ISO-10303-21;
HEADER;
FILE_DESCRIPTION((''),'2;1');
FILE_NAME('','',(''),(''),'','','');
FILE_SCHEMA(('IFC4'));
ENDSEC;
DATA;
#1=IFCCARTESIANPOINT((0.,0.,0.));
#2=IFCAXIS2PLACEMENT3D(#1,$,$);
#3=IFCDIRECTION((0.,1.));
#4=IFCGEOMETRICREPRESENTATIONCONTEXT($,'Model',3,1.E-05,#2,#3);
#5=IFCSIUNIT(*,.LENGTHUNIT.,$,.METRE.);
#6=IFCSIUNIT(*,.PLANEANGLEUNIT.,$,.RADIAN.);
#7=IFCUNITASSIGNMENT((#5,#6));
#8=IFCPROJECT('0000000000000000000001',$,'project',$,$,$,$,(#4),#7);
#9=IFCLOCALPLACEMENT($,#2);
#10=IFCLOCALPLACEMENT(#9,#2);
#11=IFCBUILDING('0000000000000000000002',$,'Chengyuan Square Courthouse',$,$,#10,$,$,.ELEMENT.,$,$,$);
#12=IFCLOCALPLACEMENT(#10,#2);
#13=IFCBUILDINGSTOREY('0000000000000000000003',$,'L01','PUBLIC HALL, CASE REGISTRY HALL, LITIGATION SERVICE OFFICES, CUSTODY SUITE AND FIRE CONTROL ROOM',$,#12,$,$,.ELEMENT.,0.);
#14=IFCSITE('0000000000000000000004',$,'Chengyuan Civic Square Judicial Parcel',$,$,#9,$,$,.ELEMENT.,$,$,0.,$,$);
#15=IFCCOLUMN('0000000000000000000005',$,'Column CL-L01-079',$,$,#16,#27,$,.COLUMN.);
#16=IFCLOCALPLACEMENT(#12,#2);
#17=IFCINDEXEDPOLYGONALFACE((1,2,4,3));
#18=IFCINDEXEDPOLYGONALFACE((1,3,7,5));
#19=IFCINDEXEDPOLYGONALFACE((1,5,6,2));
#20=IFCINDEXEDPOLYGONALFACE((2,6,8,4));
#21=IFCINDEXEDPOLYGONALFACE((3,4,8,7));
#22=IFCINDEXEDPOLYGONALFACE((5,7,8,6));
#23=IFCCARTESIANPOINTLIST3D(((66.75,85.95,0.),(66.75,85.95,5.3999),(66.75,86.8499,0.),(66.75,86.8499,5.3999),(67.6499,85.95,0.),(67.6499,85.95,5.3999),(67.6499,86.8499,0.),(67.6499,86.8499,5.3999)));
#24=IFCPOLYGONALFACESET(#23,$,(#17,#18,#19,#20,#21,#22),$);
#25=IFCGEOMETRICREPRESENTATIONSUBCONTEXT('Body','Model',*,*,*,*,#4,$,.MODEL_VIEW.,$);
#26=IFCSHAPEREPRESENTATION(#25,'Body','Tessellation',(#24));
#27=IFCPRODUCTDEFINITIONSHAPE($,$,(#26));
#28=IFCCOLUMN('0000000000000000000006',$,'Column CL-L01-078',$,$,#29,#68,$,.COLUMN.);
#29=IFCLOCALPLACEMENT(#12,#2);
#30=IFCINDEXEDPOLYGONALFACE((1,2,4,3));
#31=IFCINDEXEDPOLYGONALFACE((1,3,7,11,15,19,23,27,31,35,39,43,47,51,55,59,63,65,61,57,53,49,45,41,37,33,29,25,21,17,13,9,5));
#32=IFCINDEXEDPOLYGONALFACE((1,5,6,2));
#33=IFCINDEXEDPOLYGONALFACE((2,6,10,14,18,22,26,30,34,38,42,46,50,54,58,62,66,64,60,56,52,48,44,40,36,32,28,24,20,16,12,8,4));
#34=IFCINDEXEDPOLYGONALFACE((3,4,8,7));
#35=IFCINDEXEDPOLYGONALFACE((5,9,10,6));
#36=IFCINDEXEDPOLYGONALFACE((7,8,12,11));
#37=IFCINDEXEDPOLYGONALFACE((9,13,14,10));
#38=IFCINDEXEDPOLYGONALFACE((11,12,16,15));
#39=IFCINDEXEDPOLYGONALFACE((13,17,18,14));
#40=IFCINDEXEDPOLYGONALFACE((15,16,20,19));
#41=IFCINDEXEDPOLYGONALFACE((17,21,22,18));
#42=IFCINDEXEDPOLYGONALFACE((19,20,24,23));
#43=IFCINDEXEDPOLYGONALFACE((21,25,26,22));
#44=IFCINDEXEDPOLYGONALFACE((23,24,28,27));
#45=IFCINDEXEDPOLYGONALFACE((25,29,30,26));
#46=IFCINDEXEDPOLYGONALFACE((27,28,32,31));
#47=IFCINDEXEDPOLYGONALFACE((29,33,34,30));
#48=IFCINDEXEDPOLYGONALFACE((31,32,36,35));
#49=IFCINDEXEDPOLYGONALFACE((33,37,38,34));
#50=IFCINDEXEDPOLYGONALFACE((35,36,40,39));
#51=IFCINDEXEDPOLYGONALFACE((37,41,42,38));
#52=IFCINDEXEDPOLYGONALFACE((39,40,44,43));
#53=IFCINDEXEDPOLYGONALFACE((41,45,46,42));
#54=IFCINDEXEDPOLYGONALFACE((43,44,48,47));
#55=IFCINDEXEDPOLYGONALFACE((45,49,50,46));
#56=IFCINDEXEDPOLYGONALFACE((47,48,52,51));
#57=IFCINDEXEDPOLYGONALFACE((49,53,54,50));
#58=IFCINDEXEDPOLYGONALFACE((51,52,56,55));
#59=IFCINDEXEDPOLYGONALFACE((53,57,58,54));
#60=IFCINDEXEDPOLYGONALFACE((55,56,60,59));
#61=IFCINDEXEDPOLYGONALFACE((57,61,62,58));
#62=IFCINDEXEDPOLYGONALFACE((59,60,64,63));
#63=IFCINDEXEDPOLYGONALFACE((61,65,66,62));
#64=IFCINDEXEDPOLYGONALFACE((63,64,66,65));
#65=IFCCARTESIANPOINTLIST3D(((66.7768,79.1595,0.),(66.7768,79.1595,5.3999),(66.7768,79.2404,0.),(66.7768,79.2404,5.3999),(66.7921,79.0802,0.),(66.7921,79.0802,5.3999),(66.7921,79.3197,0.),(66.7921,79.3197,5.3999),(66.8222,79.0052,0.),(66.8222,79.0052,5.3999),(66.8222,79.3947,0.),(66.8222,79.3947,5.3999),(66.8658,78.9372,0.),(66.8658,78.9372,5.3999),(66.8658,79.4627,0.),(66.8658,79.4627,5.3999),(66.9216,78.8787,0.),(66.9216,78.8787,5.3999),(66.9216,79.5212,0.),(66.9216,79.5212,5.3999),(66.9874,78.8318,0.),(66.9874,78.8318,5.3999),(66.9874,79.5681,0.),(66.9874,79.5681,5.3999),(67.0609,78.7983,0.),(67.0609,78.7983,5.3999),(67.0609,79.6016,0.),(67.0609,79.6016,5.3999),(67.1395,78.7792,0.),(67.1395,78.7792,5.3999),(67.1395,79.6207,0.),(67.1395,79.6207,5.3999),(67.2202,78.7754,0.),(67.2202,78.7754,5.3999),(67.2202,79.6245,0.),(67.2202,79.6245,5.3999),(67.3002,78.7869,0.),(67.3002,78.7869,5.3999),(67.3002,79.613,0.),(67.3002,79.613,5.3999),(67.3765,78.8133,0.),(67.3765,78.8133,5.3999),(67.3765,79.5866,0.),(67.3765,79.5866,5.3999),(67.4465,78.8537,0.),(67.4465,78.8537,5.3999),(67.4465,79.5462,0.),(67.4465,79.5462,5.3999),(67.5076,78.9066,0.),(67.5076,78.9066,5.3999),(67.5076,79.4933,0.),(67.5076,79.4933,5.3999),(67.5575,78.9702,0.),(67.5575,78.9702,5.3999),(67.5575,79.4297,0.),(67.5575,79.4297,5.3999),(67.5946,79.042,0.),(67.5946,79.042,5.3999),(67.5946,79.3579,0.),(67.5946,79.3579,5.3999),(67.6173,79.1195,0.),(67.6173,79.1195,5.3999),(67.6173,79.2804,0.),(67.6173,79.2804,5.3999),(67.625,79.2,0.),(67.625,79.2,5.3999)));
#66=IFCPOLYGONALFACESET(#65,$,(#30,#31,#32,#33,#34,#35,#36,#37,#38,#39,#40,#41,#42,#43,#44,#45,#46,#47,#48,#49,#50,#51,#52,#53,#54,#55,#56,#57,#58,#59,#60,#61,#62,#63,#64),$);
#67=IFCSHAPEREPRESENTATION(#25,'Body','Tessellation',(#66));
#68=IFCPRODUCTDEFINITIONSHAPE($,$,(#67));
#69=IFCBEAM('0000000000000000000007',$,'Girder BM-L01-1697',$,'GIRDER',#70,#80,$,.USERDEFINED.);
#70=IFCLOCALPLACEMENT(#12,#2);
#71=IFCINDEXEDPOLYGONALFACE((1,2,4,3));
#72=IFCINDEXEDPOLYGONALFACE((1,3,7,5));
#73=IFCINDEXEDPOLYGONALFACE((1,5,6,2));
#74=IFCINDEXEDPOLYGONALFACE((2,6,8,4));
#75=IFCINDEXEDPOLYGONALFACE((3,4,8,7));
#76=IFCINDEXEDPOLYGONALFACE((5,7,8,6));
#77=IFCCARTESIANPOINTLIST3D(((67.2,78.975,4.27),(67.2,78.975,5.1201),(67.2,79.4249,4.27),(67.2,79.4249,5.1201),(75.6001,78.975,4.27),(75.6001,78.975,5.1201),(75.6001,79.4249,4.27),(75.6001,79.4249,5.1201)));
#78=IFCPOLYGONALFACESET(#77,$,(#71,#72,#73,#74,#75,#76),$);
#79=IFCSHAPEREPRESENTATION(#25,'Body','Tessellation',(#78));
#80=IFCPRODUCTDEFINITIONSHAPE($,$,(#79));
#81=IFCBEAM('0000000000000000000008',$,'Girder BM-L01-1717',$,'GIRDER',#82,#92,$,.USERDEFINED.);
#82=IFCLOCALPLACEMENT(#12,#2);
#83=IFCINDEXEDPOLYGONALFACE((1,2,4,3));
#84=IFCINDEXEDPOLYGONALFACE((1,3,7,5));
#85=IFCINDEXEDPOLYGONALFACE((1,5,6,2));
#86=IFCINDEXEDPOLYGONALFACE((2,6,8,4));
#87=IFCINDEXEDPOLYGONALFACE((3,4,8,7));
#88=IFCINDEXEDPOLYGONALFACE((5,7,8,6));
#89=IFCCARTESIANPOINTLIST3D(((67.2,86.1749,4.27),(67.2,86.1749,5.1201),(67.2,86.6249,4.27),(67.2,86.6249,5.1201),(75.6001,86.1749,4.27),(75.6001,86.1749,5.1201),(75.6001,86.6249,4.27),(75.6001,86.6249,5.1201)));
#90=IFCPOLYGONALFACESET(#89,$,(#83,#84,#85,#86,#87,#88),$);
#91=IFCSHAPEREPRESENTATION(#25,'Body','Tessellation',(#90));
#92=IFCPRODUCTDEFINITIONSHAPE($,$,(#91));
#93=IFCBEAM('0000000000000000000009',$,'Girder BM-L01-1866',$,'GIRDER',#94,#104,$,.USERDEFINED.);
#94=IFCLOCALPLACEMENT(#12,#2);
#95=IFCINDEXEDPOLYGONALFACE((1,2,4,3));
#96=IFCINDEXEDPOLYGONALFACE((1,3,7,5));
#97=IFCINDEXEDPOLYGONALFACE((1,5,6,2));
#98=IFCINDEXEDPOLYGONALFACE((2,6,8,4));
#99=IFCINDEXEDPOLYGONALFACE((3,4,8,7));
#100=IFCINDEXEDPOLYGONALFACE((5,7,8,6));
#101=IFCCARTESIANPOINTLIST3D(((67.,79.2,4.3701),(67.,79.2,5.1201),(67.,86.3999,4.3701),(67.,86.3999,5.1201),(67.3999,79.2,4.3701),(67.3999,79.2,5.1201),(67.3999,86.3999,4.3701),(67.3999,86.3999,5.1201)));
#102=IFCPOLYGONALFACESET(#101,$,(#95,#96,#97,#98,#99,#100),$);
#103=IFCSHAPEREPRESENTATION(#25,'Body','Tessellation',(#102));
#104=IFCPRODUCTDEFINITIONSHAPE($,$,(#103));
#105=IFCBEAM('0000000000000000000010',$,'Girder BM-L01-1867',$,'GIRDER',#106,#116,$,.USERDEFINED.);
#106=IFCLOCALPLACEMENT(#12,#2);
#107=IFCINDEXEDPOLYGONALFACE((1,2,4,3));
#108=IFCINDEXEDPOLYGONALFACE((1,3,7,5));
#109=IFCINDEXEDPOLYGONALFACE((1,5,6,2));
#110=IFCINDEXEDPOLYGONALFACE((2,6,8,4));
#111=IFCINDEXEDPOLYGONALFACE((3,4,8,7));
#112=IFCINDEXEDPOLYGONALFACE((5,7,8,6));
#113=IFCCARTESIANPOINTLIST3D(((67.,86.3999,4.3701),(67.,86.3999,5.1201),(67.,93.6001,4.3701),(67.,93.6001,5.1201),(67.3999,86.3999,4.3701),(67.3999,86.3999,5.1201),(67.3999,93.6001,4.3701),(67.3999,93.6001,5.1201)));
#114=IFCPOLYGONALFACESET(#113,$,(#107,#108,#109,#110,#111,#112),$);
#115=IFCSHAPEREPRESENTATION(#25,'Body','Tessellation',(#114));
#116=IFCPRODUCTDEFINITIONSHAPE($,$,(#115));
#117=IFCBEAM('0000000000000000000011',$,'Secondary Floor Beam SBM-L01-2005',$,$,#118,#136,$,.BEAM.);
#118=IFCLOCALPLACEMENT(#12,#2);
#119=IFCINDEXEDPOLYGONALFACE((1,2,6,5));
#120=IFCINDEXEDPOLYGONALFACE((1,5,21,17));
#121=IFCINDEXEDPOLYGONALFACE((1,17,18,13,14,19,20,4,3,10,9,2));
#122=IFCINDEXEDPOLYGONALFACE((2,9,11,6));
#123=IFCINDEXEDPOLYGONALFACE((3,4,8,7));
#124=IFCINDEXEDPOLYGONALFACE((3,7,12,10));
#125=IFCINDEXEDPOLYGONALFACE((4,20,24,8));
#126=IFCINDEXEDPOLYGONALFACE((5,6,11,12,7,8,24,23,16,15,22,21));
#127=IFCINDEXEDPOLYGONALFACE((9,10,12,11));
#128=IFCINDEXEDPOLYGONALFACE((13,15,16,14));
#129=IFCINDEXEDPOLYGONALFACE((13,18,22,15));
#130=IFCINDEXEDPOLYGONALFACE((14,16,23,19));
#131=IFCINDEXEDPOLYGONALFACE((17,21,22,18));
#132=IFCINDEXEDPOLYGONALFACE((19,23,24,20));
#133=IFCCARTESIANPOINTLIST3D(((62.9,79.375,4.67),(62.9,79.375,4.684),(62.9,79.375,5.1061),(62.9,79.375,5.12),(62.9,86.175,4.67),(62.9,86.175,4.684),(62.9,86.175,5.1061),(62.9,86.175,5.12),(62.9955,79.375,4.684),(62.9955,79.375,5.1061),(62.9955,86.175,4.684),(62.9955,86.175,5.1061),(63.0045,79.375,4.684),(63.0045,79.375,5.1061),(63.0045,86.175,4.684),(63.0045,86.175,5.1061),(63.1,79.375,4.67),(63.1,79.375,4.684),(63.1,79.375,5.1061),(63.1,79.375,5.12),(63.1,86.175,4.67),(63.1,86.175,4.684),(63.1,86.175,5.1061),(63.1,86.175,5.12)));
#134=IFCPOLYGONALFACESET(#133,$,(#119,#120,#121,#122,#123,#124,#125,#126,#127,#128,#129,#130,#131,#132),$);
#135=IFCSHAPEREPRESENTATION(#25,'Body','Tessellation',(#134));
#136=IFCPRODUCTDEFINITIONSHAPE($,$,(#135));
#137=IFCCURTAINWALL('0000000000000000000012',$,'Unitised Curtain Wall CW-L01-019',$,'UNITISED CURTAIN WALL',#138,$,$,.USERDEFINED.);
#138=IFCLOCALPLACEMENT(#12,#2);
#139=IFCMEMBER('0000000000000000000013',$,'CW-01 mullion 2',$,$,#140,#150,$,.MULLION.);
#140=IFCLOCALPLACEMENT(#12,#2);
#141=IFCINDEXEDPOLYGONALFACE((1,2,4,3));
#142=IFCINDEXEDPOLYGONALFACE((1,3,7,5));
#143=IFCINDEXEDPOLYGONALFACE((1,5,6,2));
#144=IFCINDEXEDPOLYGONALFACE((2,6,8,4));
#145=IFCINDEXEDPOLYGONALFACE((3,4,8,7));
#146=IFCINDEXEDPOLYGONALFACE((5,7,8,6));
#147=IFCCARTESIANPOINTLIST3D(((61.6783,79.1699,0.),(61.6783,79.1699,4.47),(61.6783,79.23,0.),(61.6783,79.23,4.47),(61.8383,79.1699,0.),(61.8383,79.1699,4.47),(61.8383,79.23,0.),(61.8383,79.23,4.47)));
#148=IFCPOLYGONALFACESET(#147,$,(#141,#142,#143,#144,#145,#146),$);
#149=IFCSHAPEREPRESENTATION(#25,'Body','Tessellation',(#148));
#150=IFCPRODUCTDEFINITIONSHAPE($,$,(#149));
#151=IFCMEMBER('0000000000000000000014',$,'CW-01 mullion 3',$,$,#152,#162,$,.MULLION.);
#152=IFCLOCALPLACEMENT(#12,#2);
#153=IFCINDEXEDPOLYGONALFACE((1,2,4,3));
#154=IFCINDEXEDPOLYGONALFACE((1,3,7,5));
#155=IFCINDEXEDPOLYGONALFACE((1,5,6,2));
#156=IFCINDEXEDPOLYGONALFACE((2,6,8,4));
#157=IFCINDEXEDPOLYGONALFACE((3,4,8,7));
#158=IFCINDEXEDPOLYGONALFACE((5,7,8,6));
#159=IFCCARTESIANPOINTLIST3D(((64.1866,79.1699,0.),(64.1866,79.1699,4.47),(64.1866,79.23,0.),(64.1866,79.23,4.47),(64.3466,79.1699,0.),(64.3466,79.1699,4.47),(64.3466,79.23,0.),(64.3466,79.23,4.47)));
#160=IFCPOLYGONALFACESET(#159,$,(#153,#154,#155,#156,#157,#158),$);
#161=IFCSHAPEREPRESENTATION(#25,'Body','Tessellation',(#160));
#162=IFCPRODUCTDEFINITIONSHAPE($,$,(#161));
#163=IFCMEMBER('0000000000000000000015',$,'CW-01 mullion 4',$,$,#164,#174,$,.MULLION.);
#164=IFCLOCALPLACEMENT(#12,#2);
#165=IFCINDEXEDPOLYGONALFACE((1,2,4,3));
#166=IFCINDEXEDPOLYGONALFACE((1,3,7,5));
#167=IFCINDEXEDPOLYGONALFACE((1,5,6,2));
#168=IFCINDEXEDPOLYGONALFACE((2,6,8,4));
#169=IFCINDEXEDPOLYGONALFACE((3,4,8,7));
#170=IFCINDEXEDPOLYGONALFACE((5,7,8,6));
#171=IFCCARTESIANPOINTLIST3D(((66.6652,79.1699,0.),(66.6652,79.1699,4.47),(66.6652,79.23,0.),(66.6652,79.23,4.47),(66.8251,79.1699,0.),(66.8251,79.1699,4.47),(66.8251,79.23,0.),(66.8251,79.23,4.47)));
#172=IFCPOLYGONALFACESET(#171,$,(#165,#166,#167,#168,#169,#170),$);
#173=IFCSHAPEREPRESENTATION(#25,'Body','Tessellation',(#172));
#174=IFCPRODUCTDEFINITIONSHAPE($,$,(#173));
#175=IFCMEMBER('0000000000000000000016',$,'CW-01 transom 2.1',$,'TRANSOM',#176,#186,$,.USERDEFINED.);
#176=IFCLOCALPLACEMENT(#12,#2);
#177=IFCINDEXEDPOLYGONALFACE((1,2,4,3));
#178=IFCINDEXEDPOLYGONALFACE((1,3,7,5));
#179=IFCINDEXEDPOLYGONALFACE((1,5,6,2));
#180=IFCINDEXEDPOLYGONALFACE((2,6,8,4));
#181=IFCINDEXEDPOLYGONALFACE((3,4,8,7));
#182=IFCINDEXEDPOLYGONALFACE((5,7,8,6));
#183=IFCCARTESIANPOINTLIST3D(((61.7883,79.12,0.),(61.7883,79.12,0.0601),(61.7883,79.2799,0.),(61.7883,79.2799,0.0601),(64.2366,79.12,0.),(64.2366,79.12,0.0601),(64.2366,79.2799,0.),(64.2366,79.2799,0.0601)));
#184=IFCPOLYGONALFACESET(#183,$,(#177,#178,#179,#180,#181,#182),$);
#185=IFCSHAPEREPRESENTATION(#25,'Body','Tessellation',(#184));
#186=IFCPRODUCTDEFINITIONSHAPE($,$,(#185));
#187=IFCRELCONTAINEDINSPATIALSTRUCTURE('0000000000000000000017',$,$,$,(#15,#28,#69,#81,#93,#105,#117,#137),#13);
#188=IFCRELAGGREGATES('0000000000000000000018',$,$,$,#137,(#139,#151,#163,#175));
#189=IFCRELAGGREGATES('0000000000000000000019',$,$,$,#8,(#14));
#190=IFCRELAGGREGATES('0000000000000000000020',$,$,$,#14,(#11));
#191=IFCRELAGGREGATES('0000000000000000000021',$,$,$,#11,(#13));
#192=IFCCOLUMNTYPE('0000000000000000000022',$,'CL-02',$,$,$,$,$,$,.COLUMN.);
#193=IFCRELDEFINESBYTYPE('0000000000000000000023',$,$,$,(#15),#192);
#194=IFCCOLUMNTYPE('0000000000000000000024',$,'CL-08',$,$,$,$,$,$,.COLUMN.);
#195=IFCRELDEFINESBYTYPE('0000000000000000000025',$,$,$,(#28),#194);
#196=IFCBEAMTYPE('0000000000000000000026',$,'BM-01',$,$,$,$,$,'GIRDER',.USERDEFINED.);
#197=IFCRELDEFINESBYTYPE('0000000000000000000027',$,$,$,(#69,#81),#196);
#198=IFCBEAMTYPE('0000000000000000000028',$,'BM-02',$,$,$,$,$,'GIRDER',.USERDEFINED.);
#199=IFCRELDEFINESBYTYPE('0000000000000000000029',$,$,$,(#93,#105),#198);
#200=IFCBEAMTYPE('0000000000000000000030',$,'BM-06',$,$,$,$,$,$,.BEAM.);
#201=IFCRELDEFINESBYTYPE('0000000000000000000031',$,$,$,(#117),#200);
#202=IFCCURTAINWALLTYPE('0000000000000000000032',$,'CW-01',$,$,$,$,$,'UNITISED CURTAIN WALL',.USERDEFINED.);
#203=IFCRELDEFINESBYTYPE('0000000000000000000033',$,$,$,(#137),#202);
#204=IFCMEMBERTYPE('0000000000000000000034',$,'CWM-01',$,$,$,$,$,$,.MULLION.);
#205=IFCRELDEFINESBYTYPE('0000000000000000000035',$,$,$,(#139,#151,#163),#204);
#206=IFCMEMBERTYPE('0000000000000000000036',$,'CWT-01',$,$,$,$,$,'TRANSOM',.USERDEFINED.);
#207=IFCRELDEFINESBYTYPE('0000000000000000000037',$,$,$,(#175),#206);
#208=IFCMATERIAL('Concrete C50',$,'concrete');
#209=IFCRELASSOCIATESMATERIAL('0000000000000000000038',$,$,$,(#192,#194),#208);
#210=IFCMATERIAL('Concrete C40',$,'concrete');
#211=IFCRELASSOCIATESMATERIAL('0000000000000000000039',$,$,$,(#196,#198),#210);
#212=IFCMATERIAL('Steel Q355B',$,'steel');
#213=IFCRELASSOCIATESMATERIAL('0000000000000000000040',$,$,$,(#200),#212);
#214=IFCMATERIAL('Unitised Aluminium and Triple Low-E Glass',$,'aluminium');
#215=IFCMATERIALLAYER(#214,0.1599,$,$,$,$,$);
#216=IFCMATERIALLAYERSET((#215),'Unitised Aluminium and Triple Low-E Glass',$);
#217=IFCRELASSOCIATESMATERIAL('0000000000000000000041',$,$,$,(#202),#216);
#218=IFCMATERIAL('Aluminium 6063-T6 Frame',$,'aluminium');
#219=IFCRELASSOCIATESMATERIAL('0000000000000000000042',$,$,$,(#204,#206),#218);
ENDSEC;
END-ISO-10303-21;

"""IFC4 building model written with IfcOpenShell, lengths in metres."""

from ifc_helpers import new_model, si_unit, direction, frame, origin, origin_2d, place, context, subcontext, project, spatial, rectangle, circle, i_section, extrude, material, layer, layer_set, material_profile, profile_set, type_object, element, aggregate, save


model = new_model("IFC4")

# Units and contexts
model_context = context("Model", 3, precision=1e-05, world=origin(), true_north=direction((0.0, 1.0)))
body_context = subcontext(model_context, "Body", "Model", "MODEL_VIEW")
ifc_project = project(units=[si_unit("LENGTHUNIT", "METRE"), si_unit("PLANEANGLEUNIT", "RADIAN")], contexts=[model_context])

# Site, building, storey
site_placement = place(None, origin())
site = spatial("IfcSite", under=ifc_project, at=site_placement, Name="Chengyuan Civic Square Judicial Parcel", CompositionType="ELEMENT", RefElevation=0.0)
building_placement = place(site_placement, origin())
building = spatial("IfcBuilding", under=site, at=building_placement, Name="Chengyuan Square Courthouse", CompositionType="ELEMENT")
storey_placement = place(building_placement, origin())
storey = spatial("IfcBuildingStorey", under=building, at=storey_placement, Name="L01", Description="PUBLIC HALL, CASE REGISTRY HALL, LITIGATION SERVICE OFFICES, CUSTODY SUITE AND FIRE CONTROL ROOM", CompositionType="ELEMENT", Elevation=0.0)

# Columns
ifc_material_1 = material(Name="Concrete C50", Category="concrete")
ifc_material_profile_1 = material_profile(ifc_material_1, rectangle(XDim=0.8999, YDim=0.8999, at=origin_2d()), Name="RC-COL-900x900")
ifc_profile_set_1 = profile_set([ifc_material_profile_1], Name="Concrete C50")
column_type_1 = type_object("IfcColumnType", Name="CL-02", PredefinedType="COLUMN", material=ifc_profile_set_1)
column_1_placement = place(storey_placement, frame((67.2, 86.3999, 0.0), z_axis=(0.0, 0.0, 1.0), x_axis=(1.0, 0.0, 0.0)))
element("IfcColumn", 1, at=column_1_placement, inside=storey, type_object=column_type_1, Name="Column CL-L01-079", PredefinedType="COLUMN", context=body_context, shape_type="SweptSolid", body=[
    extrude(rectangle(XDim=0.8999, YDim=0.8999, at=origin_2d()), origin(), (0.0, 0.0, 1.0), 5.3999),
])
ifc_material_profile_2 = material_profile(ifc_material_1, circle(Radius=0.425, at=origin_2d()), Name="RC-COL-D850")
ifc_profile_set_2 = profile_set([ifc_material_profile_2], Name="Concrete C50")
column_type_2 = type_object("IfcColumnType", Name="CL-08", PredefinedType="COLUMN", material=ifc_profile_set_2)
column_2_placement = place(storey_placement, frame((67.2, 79.2, 0.0), z_axis=(0.0, 0.0, 1.0), x_axis=(1.0, 0.0, 0.0)))
element("IfcColumn", 2, at=column_2_placement, inside=storey, type_object=column_type_2, Name="Column CL-L01-078", PredefinedType="COLUMN", context=body_context, shape_type="SweptSolid", body=[
    extrude(circle(Radius=0.425, at=origin_2d()), origin(), (0.0, 0.0, 1.0), 5.3999),
])

# Beams
ifc_material_2 = material(Name="Concrete C40", Category="concrete")
ifc_material_profile_3 = material_profile(ifc_material_2, rectangle(XDim=0.45, YDim=0.8501, at=origin_2d()), Name="RC-BM-450x850")
ifc_profile_set_3 = profile_set([ifc_material_profile_3], Name="Concrete C40")
beam_type_1 = type_object("IfcBeamType", Name="BM-01", ElementType="GIRDER", PredefinedType="USERDEFINED", material=ifc_profile_set_3)
for number, where, z_axis, x_axis, name in (
    (3, (67.2, 79.2, 4.6951), (1.0, 0.0, 0.0), (0.0, 1.0, 0.0), "Girder BM-L01-1697"),
    (4, (67.2, 86.3999, 4.6951), (1.0, 0.0, 0.0), (0.0, 1.0, 0.0), "Girder BM-L01-1717"),
):
    element("IfcBeam", number, at=place(storey_placement, frame(where, z_axis=z_axis, x_axis=x_axis)), inside=storey, type_object=beam_type_1, Name=name, ObjectType="GIRDER", PredefinedType="USERDEFINED", context=body_context, shape_type="SweptSolid", body=[
        extrude(rectangle(XDim=0.45, YDim=0.8501, at=origin_2d()), origin(), (0.0, 0.0, 1.0), 8.4001),
    ])
ifc_material_profile_4 = material_profile(ifc_material_2, rectangle(XDim=0.3999, YDim=0.75, at=origin_2d()), Name="RC-BM-400x750")
ifc_profile_set_4 = profile_set([ifc_material_profile_4], Name="Concrete C40")
beam_type_2 = type_object("IfcBeamType", Name="BM-02", ElementType="GIRDER", PredefinedType="USERDEFINED", material=ifc_profile_set_4)
beam_1_placement = place(storey_placement, frame((67.2, 79.2, 4.7451), z_axis=(0.0, 1.0, 0.0), x_axis=(-1.0, 0.0, 0.0)))
element("IfcBeam", 5, at=beam_1_placement, inside=storey, type_object=beam_type_2, Name="Girder BM-L01-1866", ObjectType="GIRDER", PredefinedType="USERDEFINED", context=body_context, shape_type="SweptSolid", body=[
    extrude(rectangle(XDim=0.3999, YDim=0.75, at=origin_2d()), origin(), (0.0, 0.0, 1.0), 7.2),
])
beam_2_placement = place(storey_placement, frame((67.2, 86.3999, 4.7451), z_axis=(0.0, 1.0, 0.0), x_axis=(-1.0, 0.0, 0.0)))
element("IfcBeam", 6, at=beam_2_placement, inside=storey, type_object=beam_type_2, Name="Girder BM-L01-1867", ObjectType="GIRDER", PredefinedType="USERDEFINED", context=body_context, shape_type="SweptSolid", body=[
    extrude(rectangle(XDim=0.3999, YDim=0.75, at=origin_2d()), origin(), (0.0, 0.0, 1.0), 7.2002),
])
ifc_material_3 = material(Name="Steel Q355B", Category="steel")
ifc_material_profile_5 = material_profile(ifc_material_3, i_section(OverallWidth=0.2, OverallDepth=0.45, WebThickness=0.009, FlangeThickness=0.0139, at=origin_2d()), Name="HN 450x200x9x14")
ifc_profile_set_5 = profile_set([ifc_material_profile_5], Name="Steel Q355B")
beam_type_3 = type_object("IfcBeamType", Name="BM-06", PredefinedType="BEAM", material=ifc_profile_set_5)
beam_3_placement = place(storey_placement, frame((63.0, 79.375, 4.895), z_axis=(0.0, 1.0, 0.0), x_axis=(-1.0, 0.0, 0.0)))
element("IfcBeam", 7, at=beam_3_placement, inside=storey, type_object=beam_type_3, Name="Secondary Floor Beam SBM-L01-2005", PredefinedType="BEAM", context=body_context, shape_type="SweptSolid", body=[
    extrude(i_section(OverallWidth=0.2, OverallDepth=0.45, WebThickness=0.009, FlangeThickness=0.0139, at=origin_2d()), origin(), (0.0, 0.0, 1.0), 6.8),
])

# Curtain wall, members
ifc_material_4 = material(Name="Unitised Aluminium and Triple Low-E Glass", Category="aluminium")
ifc_layer_1 = layer(ifc_material_4, 0.1599)
ifc_layer_set_1 = layer_set([ifc_layer_1], Name="Unitised Aluminium and Triple Low-E Glass")
curtain_wall_type = type_object("IfcCurtainWallType", Name="CW-01", ElementType="UNITISED CURTAIN WALL", PredefinedType="USERDEFINED", material=ifc_layer_set_1)
curtain_wall_placement = place(storey_placement, origin())
curtain_wall = element("IfcCurtainWall", 8, at=curtain_wall_placement, inside=storey, type_object=curtain_wall_type, Name="Unitised Curtain Wall CW-L01-019", ObjectType="UNITISED CURTAIN WALL", PredefinedType="USERDEFINED")
ifc_material_5 = material(Name="Aluminium 6063-T6 Frame", Category="aluminium")
ifc_material_profile_6 = material_profile(ifc_material_5, rectangle(XDim=0.0601, YDim=0.1599, at=origin_2d()), Name="CW-MUL-60x160")
ifc_profile_set_6 = profile_set([ifc_material_profile_6], Name="Aluminium 6063-T6 Frame")
member_type_1 = type_object("IfcMemberType", Name="CWM-01", PredefinedType="MULLION", material=ifc_profile_set_6)
member_1_placement = place(storey_placement, frame((61.7583, 79.2, 0.0), z_axis=(0.0, 0.0, 1.0), x_axis=(0.0, 1.0, 0.0)))
member_1 = element("IfcMember", 9, at=member_1_placement, type_object=member_type_1, Name="CW-01 mullion 2", PredefinedType="MULLION", context=body_context, shape_type="SweptSolid", body=[
    extrude(rectangle(XDim=0.0601, YDim=0.1599, at=origin_2d()), origin(), (0.0, 0.0, 1.0), 4.47),
])
member_2_placement = place(storey_placement, frame((64.2666, 79.2, 0.0), z_axis=(0.0, 0.0, 1.0), x_axis=(0.0, 1.0, 0.0)))
member_2 = element("IfcMember", 10, at=member_2_placement, type_object=member_type_1, Name="CW-01 mullion 3", PredefinedType="MULLION", context=body_context, shape_type="SweptSolid", body=[
    extrude(rectangle(XDim=0.0601, YDim=0.1599, at=origin_2d()), origin(), (0.0, 0.0, 1.0), 4.47),
])
member_3_placement = place(storey_placement, frame((66.7451, 79.2, 0.0), z_axis=(0.0, 0.0, 1.0), x_axis=(0.0, 1.0, 0.0)))
member_3 = element("IfcMember", 11, at=member_3_placement, type_object=member_type_1, Name="CW-01 mullion 4", PredefinedType="MULLION", context=body_context, shape_type="SweptSolid", body=[
    extrude(rectangle(XDim=0.0601, YDim=0.1599, at=origin_2d()), origin(), (0.0, 0.0, 1.0), 4.47),
])
ifc_material_profile_7 = material_profile(ifc_material_5, rectangle(XDim=0.1599, YDim=0.0601, at=origin_2d()), Name="CW-TRN-60x120")
ifc_profile_set_7 = profile_set([ifc_material_profile_7], Name="Aluminium 6063-T6 Frame")
member_type_2 = type_object("IfcMemberType", Name="CWT-01", ElementType="TRANSOM", PredefinedType="USERDEFINED", material=ifc_profile_set_7)
member_4_placement = place(storey_placement, frame((61.7883, 79.2, 0.03), z_axis=(1.0, 0.0, 0.0), x_axis=(0.0, 1.0, 0.0)))
member_4 = element("IfcMember", 12, at=member_4_placement, type_object=member_type_2, Name="CW-01 transom 2.1", ObjectType="TRANSOM", PredefinedType="USERDEFINED", context=body_context, shape_type="SweptSolid", body=[
    extrude(rectangle(XDim=0.1599, YDim=0.0601, at=origin_2d()), origin(), (0.0, 0.0, 1.0), 2.4482),
])
aggregate(curtain_wall, [member_1, member_2, member_3, member_4])

save(model, "model.ifc")
